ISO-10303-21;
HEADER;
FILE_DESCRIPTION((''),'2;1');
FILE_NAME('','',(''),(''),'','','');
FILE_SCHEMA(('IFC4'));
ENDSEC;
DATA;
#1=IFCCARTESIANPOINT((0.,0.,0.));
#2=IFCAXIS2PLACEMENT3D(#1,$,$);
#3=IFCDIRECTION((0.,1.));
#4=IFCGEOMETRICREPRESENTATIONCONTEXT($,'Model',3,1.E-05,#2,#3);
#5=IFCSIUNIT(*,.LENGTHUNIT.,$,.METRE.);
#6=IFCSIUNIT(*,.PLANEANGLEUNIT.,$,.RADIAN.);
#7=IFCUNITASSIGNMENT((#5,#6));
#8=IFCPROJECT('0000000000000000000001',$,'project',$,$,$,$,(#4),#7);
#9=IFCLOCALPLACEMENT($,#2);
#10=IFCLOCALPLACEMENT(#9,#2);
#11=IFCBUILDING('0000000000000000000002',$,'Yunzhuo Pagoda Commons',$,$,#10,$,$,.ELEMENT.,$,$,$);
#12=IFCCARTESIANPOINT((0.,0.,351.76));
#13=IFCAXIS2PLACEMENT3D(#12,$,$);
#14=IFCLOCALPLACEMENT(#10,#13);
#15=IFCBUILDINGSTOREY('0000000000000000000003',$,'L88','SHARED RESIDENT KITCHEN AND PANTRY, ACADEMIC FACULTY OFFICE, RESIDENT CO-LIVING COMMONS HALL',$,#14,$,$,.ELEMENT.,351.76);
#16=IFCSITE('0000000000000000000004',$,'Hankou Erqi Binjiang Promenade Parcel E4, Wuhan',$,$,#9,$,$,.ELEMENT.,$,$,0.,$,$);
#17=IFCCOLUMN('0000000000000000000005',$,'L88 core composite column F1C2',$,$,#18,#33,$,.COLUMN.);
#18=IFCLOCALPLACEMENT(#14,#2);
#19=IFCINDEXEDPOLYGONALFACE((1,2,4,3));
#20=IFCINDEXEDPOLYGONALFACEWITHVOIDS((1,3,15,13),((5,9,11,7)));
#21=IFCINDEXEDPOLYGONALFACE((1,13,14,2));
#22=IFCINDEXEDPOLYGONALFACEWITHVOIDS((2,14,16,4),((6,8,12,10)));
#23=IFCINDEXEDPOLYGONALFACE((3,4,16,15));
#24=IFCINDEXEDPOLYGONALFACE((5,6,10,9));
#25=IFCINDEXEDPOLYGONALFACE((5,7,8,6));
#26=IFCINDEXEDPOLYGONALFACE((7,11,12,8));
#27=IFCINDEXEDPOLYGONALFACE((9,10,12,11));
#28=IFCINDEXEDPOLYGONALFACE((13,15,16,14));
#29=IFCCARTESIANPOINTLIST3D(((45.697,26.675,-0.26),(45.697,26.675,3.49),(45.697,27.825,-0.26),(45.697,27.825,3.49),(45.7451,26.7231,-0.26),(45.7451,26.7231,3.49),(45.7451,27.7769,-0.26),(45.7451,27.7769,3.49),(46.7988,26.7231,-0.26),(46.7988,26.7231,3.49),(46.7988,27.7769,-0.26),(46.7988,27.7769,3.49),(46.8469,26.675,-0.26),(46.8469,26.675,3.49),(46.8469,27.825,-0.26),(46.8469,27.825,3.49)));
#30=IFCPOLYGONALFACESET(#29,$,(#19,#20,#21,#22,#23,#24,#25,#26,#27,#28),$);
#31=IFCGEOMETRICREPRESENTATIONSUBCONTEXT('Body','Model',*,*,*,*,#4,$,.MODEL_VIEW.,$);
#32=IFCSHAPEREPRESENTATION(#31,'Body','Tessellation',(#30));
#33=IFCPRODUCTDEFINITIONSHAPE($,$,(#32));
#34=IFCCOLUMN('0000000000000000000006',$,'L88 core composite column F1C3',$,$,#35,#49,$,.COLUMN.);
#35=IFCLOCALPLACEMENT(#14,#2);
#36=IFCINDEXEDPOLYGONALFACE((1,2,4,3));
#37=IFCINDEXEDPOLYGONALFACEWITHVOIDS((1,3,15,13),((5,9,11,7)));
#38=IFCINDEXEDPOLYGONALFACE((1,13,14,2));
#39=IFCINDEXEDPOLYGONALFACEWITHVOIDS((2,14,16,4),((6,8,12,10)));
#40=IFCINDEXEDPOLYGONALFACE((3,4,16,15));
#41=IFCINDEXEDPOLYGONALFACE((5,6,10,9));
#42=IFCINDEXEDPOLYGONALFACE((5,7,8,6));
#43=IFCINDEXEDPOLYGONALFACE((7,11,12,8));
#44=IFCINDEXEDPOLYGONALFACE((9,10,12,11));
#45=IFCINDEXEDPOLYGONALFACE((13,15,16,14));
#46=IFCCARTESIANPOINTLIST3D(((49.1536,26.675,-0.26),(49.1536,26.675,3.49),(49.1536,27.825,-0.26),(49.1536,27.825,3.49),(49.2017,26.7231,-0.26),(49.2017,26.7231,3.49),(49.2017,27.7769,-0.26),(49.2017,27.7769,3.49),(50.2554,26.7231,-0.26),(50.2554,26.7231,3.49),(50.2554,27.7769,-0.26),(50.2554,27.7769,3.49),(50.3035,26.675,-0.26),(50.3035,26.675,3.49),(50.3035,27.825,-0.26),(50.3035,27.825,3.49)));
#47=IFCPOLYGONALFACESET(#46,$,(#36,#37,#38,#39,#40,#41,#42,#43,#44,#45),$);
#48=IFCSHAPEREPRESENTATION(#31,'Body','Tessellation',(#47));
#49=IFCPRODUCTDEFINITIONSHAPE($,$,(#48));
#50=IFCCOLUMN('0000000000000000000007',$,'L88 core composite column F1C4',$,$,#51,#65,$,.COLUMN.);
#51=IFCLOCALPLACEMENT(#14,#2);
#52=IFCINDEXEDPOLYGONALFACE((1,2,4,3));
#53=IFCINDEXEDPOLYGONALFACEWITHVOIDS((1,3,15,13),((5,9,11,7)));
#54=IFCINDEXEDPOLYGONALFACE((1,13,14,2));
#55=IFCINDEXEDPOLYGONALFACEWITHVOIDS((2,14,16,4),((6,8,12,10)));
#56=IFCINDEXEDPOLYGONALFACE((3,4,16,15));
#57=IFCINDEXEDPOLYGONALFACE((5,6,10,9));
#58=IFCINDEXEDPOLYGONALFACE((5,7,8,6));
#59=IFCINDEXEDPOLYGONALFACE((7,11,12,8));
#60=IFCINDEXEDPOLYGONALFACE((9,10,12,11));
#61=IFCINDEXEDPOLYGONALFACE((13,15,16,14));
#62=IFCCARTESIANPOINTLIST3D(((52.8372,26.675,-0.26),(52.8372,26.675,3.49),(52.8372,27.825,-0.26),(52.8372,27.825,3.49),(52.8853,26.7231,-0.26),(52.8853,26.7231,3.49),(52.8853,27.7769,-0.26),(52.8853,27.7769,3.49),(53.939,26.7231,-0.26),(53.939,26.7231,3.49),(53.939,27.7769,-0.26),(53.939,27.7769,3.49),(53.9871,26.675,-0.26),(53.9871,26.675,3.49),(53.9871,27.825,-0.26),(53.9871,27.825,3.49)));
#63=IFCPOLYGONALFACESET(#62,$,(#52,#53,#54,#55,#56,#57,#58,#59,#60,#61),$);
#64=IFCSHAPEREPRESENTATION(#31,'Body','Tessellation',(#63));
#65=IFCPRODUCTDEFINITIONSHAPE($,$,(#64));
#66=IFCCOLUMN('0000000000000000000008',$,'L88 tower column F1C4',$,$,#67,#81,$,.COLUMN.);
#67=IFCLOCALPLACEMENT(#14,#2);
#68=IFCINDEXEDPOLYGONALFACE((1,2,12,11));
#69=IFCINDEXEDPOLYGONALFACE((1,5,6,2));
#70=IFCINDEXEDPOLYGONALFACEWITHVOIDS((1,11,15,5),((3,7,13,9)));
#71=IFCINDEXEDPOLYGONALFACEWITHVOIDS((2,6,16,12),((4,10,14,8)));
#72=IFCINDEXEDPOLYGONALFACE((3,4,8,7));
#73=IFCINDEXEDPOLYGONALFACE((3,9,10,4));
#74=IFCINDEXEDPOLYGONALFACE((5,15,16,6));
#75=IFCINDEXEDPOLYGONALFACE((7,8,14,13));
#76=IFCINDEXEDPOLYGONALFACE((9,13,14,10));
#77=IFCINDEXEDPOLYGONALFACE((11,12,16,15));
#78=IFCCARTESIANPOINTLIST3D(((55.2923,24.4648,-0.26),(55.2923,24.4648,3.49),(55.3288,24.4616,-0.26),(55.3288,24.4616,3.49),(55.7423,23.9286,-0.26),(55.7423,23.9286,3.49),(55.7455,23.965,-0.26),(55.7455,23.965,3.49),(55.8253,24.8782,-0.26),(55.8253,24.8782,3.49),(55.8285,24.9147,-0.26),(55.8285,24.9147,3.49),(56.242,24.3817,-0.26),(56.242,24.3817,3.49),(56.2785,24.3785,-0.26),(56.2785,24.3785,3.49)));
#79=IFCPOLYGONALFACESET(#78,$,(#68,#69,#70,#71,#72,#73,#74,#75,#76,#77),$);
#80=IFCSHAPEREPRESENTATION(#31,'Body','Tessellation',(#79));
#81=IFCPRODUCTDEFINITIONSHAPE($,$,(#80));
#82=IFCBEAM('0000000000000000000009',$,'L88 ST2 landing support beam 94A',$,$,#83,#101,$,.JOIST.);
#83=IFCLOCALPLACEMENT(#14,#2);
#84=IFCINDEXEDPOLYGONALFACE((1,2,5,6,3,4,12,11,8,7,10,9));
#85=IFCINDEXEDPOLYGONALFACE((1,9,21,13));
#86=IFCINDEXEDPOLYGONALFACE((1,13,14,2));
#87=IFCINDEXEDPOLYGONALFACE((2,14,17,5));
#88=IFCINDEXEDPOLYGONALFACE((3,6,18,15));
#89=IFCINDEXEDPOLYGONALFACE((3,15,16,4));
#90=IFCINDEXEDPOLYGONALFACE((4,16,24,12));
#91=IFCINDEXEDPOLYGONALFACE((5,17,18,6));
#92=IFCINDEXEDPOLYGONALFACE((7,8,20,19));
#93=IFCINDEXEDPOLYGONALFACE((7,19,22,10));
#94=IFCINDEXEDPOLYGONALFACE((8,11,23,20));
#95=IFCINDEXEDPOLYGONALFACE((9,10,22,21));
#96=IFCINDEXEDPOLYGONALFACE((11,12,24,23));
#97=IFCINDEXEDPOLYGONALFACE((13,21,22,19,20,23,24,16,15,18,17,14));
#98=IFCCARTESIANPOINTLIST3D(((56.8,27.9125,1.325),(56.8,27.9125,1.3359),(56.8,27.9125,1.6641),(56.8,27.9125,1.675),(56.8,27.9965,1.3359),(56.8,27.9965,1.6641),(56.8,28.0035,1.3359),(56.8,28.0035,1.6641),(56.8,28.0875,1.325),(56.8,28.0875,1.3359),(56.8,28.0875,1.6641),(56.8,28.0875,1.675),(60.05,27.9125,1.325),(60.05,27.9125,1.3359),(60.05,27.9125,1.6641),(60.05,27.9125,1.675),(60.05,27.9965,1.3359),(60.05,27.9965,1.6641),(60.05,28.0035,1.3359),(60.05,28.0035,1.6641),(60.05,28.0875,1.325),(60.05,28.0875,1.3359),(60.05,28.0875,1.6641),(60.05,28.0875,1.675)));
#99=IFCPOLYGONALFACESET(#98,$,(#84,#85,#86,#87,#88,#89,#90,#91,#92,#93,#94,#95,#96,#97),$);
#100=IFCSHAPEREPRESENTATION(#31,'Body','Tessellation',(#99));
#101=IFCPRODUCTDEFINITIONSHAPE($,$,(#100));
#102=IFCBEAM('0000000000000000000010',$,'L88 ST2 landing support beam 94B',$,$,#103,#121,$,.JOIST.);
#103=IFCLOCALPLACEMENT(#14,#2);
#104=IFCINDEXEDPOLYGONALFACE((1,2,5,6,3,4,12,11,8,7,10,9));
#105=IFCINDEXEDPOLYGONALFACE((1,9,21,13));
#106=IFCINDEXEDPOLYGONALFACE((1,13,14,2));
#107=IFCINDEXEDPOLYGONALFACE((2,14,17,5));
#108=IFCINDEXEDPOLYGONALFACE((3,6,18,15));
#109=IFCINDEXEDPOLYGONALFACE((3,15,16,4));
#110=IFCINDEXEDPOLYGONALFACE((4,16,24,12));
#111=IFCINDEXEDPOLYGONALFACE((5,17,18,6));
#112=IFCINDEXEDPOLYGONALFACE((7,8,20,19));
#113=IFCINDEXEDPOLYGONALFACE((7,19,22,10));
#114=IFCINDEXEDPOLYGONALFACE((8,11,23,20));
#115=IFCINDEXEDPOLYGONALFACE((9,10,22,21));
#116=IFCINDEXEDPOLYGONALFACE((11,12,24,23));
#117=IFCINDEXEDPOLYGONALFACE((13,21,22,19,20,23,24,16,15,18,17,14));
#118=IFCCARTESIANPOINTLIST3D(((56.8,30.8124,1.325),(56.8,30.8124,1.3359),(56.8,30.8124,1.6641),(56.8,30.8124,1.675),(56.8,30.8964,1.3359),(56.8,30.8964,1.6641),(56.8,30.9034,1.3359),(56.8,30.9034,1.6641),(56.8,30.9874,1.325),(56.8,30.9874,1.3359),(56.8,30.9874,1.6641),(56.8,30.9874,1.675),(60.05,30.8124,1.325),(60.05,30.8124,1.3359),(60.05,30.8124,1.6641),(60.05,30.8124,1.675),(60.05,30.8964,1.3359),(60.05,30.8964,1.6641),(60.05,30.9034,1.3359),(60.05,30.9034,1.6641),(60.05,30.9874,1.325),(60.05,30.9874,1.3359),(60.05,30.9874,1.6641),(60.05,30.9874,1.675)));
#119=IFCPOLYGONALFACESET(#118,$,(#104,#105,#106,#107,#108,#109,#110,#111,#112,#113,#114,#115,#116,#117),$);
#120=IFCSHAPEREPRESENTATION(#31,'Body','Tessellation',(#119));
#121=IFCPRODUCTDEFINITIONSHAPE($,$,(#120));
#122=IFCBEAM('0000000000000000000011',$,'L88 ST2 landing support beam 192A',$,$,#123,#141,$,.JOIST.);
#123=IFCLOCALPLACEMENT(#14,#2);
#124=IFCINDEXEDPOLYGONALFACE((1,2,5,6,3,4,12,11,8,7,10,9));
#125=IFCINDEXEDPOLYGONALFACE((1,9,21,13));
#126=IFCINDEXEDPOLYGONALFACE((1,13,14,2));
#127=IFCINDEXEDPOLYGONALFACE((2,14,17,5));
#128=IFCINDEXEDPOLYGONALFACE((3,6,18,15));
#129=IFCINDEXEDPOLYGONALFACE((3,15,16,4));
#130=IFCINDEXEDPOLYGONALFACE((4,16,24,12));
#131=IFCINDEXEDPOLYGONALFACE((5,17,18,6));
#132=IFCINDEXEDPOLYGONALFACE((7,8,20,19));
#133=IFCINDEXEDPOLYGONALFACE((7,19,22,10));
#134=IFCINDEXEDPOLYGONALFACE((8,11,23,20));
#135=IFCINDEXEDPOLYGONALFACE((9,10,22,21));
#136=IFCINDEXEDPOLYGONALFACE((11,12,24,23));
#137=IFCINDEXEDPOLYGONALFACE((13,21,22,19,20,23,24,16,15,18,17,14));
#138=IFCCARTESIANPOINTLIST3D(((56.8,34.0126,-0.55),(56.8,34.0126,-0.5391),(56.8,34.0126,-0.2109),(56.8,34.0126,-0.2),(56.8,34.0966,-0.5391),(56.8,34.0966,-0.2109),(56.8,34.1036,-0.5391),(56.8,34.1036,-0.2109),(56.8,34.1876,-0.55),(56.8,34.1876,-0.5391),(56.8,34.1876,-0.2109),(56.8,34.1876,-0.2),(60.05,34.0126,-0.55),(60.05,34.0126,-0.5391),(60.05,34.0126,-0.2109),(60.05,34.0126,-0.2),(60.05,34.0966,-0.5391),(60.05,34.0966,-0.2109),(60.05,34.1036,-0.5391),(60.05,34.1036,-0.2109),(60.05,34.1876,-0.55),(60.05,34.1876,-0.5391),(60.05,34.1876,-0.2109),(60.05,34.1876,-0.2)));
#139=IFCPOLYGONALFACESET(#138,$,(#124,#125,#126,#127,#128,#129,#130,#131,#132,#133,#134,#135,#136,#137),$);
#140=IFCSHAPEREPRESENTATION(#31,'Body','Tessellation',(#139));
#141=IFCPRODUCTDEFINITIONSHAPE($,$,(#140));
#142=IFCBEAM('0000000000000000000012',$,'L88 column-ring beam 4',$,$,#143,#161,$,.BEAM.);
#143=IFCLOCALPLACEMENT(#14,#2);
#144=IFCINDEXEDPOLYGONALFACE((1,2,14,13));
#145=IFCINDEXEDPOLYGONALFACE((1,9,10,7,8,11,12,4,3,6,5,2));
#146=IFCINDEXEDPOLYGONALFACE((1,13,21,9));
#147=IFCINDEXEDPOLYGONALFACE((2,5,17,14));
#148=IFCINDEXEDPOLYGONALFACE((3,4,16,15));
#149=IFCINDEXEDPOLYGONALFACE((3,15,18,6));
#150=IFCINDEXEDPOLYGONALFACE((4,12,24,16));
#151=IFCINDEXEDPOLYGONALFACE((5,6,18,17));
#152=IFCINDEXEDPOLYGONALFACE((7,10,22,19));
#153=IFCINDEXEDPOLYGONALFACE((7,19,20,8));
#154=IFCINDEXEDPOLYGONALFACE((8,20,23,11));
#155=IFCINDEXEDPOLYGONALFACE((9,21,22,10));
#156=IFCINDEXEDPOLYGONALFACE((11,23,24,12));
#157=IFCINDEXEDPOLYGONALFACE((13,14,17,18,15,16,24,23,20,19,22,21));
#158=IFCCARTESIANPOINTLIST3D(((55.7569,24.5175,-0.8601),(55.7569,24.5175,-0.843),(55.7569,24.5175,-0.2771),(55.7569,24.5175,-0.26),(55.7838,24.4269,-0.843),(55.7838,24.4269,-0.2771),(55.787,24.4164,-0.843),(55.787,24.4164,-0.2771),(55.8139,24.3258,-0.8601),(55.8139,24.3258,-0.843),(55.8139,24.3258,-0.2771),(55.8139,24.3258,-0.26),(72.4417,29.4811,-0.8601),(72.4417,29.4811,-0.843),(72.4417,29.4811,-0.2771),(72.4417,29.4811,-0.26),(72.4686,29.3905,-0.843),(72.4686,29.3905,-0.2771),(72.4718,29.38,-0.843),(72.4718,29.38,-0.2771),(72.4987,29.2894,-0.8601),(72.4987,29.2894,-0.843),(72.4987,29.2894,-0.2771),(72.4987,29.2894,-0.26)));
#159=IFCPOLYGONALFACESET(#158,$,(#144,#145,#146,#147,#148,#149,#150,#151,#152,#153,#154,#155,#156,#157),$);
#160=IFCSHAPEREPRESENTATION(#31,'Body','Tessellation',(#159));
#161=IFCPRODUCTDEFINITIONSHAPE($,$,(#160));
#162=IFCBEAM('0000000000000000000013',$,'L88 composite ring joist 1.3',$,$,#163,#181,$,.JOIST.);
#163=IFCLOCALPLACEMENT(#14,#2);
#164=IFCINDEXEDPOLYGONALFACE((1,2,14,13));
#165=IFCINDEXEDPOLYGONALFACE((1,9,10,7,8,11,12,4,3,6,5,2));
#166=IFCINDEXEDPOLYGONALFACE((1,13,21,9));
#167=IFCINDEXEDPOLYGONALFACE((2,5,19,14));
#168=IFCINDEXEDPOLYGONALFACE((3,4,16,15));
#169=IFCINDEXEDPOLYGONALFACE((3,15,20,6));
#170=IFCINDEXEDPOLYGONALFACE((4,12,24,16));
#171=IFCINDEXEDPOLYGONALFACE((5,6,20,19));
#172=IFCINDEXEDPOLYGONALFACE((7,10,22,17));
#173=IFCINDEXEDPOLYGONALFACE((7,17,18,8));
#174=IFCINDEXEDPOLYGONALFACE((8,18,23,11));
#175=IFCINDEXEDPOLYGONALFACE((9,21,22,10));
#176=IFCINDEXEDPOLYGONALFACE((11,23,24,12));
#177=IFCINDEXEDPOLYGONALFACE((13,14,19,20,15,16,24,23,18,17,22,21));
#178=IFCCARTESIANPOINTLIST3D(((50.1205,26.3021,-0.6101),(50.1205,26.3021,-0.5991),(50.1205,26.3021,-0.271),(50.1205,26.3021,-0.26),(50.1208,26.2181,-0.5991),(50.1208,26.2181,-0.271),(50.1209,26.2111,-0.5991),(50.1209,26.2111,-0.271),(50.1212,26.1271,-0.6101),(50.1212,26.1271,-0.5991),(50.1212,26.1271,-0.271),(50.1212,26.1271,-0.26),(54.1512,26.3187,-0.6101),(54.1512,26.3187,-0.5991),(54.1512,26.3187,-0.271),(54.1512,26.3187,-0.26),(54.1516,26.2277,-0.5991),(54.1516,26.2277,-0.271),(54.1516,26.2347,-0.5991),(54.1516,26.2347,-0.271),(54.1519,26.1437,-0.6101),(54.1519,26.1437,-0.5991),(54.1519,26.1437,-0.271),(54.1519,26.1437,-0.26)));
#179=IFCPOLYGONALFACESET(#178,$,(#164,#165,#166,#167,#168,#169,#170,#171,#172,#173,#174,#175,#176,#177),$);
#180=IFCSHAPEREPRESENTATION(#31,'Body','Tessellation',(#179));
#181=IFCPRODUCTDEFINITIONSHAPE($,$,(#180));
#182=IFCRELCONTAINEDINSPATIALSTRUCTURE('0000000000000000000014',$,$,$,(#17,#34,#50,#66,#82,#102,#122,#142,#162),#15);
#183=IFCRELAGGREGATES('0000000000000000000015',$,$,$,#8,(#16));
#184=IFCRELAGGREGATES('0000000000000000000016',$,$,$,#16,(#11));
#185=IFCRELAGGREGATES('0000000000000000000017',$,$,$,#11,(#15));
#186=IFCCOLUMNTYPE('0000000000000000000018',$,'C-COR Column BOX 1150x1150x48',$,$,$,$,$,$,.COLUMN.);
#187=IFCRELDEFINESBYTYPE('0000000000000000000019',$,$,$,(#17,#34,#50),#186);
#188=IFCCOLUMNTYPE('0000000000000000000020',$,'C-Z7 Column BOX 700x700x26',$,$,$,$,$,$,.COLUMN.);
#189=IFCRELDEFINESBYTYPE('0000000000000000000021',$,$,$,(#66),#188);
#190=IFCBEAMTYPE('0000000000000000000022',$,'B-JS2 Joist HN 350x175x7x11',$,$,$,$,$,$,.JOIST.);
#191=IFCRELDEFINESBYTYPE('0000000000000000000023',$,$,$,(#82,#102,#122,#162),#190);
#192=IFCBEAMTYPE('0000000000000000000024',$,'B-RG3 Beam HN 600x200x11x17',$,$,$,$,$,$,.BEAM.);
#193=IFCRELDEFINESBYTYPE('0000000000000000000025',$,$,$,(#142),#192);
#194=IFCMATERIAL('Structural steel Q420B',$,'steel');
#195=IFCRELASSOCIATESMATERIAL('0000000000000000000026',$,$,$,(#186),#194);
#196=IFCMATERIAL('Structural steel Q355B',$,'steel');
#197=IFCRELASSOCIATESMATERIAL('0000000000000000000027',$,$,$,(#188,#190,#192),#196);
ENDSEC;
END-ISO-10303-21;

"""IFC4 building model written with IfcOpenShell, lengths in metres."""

from ifc_helpers import new_model, si_unit, direction, frame, origin, origin_2d, place, context, subcontext, project, spatial, hollow_rectangle, i_section, extrude, source, transform, mapped, material, material_profile, profile_set, type_object, element, save


model = new_model("IFC4")

# Units and contexts
model_context = context("Model", 3, precision=1e-05, world=origin(), true_north=direction((0.0, 1.0)))
body_context = subcontext(model_context, "Body", "Model", "MODEL_VIEW")
ifc_project = project(units=[si_unit("LENGTHUNIT", "METRE"), si_unit("PLANEANGLEUNIT", "RADIAN")], contexts=[model_context])

# Site, building, storey
site_placement = place(None, origin())
site = spatial("IfcSite", under=ifc_project, at=site_placement, Name="Hankou Erqi Binjiang Promenade Parcel E4, Wuhan", CompositionType="ELEMENT", RefElevation=0.0)
building_placement = place(site_placement, origin())
building = spatial("IfcBuilding", under=site, at=building_placement, Name="Yunzhuo Pagoda Commons", CompositionType="ELEMENT")
storey_placement = place(building_placement, frame((0.0, 0.0, 351.76)))
storey = spatial("IfcBuildingStorey", under=building, at=storey_placement, Name="L88", Description="SHARED RESIDENT KITCHEN AND PANTRY, ACADEMIC FACULTY OFFICE, RESIDENT CO-LIVING COMMONS HALL", CompositionType="ELEMENT", Elevation=351.76)

# Columns
ifc_material_1 = material(Name="Structural steel Q420B", Category="steel")
ifc_material_profile_1 = material_profile(ifc_material_1, hollow_rectangle(XDim=1.1499, YDim=1.1499, WallThickness=0.0481, at=origin_2d()), Name="Structural steel Q420B")
ifc_profile_set_1 = profile_set([ifc_material_profile_1], Name="Structural steel Q420B")
column_type_1 = type_object("IfcColumnType", Name="C-COR Column BOX 1150x1150x48", PredefinedType="COLUMN", material=ifc_profile_set_1)
shared_shape_1 = source(origin(), body_context, "Body", "SweptSolid", [
    extrude(hollow_rectangle(XDim=1.1499, YDim=1.1499, WallThickness=0.0481, at=origin_2d()), origin(), (0.0, 0.0, 1.0), 3.75),
])
for number, where, z_axis, x_axis, name in (
    (1, (46.272, 27.25, -0.26), (0.0, 0.0, 1.0), (1.0, 0.0, 0.0), "L88 core composite column F1C2"),
    (2, (49.7285, 27.25, -0.26), (0.0, 0.0, 1.0), (1.0, 0.0, 0.0), "L88 core composite column F1C3"),
    (3, (53.4121, 27.25, -0.26), (0.0, 0.0, 1.0), (1.0, 0.0, 0.0), "L88 core composite column F1C4"),
):
    element("IfcColumn", number, at=place(storey_placement, frame(where, z_axis=z_axis, x_axis=x_axis)), inside=storey, type_object=column_type_1, Name=name, PredefinedType="COLUMN", context=body_context, shape_type="MappedRepresentation", body=[
        mapped(shared_shape_1, transform((0.0, 0.0, 0.0), scale=1.0)),
    ])
ifc_material_2 = material(Name="Structural steel Q355B", Category="steel")
ifc_material_profile_2 = material_profile(ifc_material_2, hollow_rectangle(XDim=0.7, YDim=0.7, WallThickness=0.0259, at=origin_2d()), Name="Structural steel Q355B")
ifc_profile_set_2 = profile_set([ifc_material_profile_2], Name="Structural steel Q355B")
column_type_2 = type_object("IfcColumnType", Name="C-Z7 Column BOX 700x700x26", PredefinedType="COLUMN", material=ifc_profile_set_2)
shared_shape_2 = source(origin(), body_context, "Body", "SweptSolid", [
    extrude(hollow_rectangle(XDim=0.7, YDim=0.7, WallThickness=0.0259, at=origin_2d()), origin(), (0.0, 0.0, 1.0), 3.75),
])
column_placement = place(storey_placement, frame((55.7854, 24.4216, -0.26), z_axis=(0.0, 0.0, 1.0), x_axis=(0.766044, 0.642788, 0.0)))
element("IfcColumn", 4, at=column_placement, inside=storey, type_object=column_type_2, Name="L88 tower column F1C4", PredefinedType="COLUMN", context=body_context, shape_type="MappedRepresentation", body=[
    mapped(shared_shape_2, transform((0.0, 0.0, 0.0), scale=1.0)),
])

# Beams
ifc_material_profile_3 = material_profile(ifc_material_2, i_section(OverallWidth=0.175, OverallDepth=0.3501, WebThickness=0.0071, FlangeThickness=0.011, at=origin_2d()), Name="Structural steel Q355B")
ifc_profile_set_3 = profile_set([ifc_material_profile_3], Name="Structural steel Q355B")
beam_type_1 = type_object("IfcBeamType", Name="B-JS2 Joist HN 350x175x7x11", PredefinedType="JOIST", material=ifc_profile_set_3)
shared_shape_3 = source(origin(), body_context, "Body", "SweptSolid", [
    extrude(i_section(OverallWidth=0.175, OverallDepth=0.3501, WebThickness=0.0071, FlangeThickness=0.011, at=origin_2d()), origin(), (0.0, 0.0, 1.0), 3.25),
])
for number, where, z_axis, x_axis, name in (
    (5, (56.8, 28.0, 1.5), (1.0, 0.0, 0.0), (0.0, 1.0, 0.0), "L88 ST2 landing support beam 94A"),
    (6, (56.8, 30.8999, 1.5), (1.0, 0.0, 0.0), (0.0, 1.0, 0.0), "L88 ST2 landing support beam 94B"),
    (7, (56.8, 34.1001, -0.375), (1.0, 0.0, 0.0), (0.0, 1.0, 0.0), "L88 ST2 landing support beam 192A"),
):
    element("IfcBeam", number, at=place(storey_placement, frame(where, z_axis=z_axis, x_axis=x_axis)), inside=storey, type_object=beam_type_1, Name=name, PredefinedType="JOIST", context=body_context, shape_type="MappedRepresentation", body=[
        mapped(shared_shape_3, transform((0.0, 0.0, 0.0), scale=1.0)),
    ])
ifc_material_profile_4 = material_profile(ifc_material_2, i_section(OverallWidth=0.2, OverallDepth=0.6001, WebThickness=0.011, FlangeThickness=0.0171, at=origin_2d()), Name="Structural steel Q355B")
ifc_profile_set_4 = profile_set([ifc_material_profile_4], Name="Structural steel Q355B")
beam_type_2 = type_object("IfcBeamType", Name="B-RG3 Beam HN 600x200x11x17", PredefinedType="BEAM", material=ifc_profile_set_4)
shared_shape_4 = source(origin(), body_context, "Body", "SweptSolid", [
    extrude(i_section(OverallWidth=0.2, OverallDepth=0.6001, WebThickness=0.011, FlangeThickness=0.0171, at=origin_2d()), origin(), (0.0, 0.0, 1.0), 17.4075),
])
beam_1_placement = place(storey_placement, frame((55.7854, 24.4216, -0.5601), z_axis=(0.958485, 0.285143, 0.0), x_axis=(-0.285143, 0.958485, 0.0)))
element("IfcBeam", 8, at=beam_1_placement, inside=storey, type_object=beam_type_2, Name="L88 column-ring beam 4", PredefinedType="BEAM", context=body_context, shape_type="MappedRepresentation", body=[
    mapped(shared_shape_4, transform((0.0, 0.0, 0.0), scale=1.0)),
])
shared_shape_5 = source(origin(), body_context, "Body", "SweptSolid", [
    extrude(i_section(OverallWidth=0.175, OverallDepth=0.3501, WebThickness=0.0071, FlangeThickness=0.011, at=origin_2d()), origin(), (0.0, 0.0, 1.0), 4.0308),
])
beam_2_placement = place(storey_placement, frame((50.1208, 26.2146, -0.4351), z_axis=(0.999992, 0.004119, 0.0), x_axis=(-0.004119, 0.999992, 0.0)))
element("IfcBeam", 9, at=beam_2_placement, inside=storey, type_object=beam_type_1, Name="L88 composite ring joist 1.3", PredefinedType="JOIST", context=body_context, shape_type="MappedRepresentation", body=[
    mapped(shared_shape_5, transform((0.0, 0.0, 0.0), scale=1.0)),
])

save(model, "model.ifc")
